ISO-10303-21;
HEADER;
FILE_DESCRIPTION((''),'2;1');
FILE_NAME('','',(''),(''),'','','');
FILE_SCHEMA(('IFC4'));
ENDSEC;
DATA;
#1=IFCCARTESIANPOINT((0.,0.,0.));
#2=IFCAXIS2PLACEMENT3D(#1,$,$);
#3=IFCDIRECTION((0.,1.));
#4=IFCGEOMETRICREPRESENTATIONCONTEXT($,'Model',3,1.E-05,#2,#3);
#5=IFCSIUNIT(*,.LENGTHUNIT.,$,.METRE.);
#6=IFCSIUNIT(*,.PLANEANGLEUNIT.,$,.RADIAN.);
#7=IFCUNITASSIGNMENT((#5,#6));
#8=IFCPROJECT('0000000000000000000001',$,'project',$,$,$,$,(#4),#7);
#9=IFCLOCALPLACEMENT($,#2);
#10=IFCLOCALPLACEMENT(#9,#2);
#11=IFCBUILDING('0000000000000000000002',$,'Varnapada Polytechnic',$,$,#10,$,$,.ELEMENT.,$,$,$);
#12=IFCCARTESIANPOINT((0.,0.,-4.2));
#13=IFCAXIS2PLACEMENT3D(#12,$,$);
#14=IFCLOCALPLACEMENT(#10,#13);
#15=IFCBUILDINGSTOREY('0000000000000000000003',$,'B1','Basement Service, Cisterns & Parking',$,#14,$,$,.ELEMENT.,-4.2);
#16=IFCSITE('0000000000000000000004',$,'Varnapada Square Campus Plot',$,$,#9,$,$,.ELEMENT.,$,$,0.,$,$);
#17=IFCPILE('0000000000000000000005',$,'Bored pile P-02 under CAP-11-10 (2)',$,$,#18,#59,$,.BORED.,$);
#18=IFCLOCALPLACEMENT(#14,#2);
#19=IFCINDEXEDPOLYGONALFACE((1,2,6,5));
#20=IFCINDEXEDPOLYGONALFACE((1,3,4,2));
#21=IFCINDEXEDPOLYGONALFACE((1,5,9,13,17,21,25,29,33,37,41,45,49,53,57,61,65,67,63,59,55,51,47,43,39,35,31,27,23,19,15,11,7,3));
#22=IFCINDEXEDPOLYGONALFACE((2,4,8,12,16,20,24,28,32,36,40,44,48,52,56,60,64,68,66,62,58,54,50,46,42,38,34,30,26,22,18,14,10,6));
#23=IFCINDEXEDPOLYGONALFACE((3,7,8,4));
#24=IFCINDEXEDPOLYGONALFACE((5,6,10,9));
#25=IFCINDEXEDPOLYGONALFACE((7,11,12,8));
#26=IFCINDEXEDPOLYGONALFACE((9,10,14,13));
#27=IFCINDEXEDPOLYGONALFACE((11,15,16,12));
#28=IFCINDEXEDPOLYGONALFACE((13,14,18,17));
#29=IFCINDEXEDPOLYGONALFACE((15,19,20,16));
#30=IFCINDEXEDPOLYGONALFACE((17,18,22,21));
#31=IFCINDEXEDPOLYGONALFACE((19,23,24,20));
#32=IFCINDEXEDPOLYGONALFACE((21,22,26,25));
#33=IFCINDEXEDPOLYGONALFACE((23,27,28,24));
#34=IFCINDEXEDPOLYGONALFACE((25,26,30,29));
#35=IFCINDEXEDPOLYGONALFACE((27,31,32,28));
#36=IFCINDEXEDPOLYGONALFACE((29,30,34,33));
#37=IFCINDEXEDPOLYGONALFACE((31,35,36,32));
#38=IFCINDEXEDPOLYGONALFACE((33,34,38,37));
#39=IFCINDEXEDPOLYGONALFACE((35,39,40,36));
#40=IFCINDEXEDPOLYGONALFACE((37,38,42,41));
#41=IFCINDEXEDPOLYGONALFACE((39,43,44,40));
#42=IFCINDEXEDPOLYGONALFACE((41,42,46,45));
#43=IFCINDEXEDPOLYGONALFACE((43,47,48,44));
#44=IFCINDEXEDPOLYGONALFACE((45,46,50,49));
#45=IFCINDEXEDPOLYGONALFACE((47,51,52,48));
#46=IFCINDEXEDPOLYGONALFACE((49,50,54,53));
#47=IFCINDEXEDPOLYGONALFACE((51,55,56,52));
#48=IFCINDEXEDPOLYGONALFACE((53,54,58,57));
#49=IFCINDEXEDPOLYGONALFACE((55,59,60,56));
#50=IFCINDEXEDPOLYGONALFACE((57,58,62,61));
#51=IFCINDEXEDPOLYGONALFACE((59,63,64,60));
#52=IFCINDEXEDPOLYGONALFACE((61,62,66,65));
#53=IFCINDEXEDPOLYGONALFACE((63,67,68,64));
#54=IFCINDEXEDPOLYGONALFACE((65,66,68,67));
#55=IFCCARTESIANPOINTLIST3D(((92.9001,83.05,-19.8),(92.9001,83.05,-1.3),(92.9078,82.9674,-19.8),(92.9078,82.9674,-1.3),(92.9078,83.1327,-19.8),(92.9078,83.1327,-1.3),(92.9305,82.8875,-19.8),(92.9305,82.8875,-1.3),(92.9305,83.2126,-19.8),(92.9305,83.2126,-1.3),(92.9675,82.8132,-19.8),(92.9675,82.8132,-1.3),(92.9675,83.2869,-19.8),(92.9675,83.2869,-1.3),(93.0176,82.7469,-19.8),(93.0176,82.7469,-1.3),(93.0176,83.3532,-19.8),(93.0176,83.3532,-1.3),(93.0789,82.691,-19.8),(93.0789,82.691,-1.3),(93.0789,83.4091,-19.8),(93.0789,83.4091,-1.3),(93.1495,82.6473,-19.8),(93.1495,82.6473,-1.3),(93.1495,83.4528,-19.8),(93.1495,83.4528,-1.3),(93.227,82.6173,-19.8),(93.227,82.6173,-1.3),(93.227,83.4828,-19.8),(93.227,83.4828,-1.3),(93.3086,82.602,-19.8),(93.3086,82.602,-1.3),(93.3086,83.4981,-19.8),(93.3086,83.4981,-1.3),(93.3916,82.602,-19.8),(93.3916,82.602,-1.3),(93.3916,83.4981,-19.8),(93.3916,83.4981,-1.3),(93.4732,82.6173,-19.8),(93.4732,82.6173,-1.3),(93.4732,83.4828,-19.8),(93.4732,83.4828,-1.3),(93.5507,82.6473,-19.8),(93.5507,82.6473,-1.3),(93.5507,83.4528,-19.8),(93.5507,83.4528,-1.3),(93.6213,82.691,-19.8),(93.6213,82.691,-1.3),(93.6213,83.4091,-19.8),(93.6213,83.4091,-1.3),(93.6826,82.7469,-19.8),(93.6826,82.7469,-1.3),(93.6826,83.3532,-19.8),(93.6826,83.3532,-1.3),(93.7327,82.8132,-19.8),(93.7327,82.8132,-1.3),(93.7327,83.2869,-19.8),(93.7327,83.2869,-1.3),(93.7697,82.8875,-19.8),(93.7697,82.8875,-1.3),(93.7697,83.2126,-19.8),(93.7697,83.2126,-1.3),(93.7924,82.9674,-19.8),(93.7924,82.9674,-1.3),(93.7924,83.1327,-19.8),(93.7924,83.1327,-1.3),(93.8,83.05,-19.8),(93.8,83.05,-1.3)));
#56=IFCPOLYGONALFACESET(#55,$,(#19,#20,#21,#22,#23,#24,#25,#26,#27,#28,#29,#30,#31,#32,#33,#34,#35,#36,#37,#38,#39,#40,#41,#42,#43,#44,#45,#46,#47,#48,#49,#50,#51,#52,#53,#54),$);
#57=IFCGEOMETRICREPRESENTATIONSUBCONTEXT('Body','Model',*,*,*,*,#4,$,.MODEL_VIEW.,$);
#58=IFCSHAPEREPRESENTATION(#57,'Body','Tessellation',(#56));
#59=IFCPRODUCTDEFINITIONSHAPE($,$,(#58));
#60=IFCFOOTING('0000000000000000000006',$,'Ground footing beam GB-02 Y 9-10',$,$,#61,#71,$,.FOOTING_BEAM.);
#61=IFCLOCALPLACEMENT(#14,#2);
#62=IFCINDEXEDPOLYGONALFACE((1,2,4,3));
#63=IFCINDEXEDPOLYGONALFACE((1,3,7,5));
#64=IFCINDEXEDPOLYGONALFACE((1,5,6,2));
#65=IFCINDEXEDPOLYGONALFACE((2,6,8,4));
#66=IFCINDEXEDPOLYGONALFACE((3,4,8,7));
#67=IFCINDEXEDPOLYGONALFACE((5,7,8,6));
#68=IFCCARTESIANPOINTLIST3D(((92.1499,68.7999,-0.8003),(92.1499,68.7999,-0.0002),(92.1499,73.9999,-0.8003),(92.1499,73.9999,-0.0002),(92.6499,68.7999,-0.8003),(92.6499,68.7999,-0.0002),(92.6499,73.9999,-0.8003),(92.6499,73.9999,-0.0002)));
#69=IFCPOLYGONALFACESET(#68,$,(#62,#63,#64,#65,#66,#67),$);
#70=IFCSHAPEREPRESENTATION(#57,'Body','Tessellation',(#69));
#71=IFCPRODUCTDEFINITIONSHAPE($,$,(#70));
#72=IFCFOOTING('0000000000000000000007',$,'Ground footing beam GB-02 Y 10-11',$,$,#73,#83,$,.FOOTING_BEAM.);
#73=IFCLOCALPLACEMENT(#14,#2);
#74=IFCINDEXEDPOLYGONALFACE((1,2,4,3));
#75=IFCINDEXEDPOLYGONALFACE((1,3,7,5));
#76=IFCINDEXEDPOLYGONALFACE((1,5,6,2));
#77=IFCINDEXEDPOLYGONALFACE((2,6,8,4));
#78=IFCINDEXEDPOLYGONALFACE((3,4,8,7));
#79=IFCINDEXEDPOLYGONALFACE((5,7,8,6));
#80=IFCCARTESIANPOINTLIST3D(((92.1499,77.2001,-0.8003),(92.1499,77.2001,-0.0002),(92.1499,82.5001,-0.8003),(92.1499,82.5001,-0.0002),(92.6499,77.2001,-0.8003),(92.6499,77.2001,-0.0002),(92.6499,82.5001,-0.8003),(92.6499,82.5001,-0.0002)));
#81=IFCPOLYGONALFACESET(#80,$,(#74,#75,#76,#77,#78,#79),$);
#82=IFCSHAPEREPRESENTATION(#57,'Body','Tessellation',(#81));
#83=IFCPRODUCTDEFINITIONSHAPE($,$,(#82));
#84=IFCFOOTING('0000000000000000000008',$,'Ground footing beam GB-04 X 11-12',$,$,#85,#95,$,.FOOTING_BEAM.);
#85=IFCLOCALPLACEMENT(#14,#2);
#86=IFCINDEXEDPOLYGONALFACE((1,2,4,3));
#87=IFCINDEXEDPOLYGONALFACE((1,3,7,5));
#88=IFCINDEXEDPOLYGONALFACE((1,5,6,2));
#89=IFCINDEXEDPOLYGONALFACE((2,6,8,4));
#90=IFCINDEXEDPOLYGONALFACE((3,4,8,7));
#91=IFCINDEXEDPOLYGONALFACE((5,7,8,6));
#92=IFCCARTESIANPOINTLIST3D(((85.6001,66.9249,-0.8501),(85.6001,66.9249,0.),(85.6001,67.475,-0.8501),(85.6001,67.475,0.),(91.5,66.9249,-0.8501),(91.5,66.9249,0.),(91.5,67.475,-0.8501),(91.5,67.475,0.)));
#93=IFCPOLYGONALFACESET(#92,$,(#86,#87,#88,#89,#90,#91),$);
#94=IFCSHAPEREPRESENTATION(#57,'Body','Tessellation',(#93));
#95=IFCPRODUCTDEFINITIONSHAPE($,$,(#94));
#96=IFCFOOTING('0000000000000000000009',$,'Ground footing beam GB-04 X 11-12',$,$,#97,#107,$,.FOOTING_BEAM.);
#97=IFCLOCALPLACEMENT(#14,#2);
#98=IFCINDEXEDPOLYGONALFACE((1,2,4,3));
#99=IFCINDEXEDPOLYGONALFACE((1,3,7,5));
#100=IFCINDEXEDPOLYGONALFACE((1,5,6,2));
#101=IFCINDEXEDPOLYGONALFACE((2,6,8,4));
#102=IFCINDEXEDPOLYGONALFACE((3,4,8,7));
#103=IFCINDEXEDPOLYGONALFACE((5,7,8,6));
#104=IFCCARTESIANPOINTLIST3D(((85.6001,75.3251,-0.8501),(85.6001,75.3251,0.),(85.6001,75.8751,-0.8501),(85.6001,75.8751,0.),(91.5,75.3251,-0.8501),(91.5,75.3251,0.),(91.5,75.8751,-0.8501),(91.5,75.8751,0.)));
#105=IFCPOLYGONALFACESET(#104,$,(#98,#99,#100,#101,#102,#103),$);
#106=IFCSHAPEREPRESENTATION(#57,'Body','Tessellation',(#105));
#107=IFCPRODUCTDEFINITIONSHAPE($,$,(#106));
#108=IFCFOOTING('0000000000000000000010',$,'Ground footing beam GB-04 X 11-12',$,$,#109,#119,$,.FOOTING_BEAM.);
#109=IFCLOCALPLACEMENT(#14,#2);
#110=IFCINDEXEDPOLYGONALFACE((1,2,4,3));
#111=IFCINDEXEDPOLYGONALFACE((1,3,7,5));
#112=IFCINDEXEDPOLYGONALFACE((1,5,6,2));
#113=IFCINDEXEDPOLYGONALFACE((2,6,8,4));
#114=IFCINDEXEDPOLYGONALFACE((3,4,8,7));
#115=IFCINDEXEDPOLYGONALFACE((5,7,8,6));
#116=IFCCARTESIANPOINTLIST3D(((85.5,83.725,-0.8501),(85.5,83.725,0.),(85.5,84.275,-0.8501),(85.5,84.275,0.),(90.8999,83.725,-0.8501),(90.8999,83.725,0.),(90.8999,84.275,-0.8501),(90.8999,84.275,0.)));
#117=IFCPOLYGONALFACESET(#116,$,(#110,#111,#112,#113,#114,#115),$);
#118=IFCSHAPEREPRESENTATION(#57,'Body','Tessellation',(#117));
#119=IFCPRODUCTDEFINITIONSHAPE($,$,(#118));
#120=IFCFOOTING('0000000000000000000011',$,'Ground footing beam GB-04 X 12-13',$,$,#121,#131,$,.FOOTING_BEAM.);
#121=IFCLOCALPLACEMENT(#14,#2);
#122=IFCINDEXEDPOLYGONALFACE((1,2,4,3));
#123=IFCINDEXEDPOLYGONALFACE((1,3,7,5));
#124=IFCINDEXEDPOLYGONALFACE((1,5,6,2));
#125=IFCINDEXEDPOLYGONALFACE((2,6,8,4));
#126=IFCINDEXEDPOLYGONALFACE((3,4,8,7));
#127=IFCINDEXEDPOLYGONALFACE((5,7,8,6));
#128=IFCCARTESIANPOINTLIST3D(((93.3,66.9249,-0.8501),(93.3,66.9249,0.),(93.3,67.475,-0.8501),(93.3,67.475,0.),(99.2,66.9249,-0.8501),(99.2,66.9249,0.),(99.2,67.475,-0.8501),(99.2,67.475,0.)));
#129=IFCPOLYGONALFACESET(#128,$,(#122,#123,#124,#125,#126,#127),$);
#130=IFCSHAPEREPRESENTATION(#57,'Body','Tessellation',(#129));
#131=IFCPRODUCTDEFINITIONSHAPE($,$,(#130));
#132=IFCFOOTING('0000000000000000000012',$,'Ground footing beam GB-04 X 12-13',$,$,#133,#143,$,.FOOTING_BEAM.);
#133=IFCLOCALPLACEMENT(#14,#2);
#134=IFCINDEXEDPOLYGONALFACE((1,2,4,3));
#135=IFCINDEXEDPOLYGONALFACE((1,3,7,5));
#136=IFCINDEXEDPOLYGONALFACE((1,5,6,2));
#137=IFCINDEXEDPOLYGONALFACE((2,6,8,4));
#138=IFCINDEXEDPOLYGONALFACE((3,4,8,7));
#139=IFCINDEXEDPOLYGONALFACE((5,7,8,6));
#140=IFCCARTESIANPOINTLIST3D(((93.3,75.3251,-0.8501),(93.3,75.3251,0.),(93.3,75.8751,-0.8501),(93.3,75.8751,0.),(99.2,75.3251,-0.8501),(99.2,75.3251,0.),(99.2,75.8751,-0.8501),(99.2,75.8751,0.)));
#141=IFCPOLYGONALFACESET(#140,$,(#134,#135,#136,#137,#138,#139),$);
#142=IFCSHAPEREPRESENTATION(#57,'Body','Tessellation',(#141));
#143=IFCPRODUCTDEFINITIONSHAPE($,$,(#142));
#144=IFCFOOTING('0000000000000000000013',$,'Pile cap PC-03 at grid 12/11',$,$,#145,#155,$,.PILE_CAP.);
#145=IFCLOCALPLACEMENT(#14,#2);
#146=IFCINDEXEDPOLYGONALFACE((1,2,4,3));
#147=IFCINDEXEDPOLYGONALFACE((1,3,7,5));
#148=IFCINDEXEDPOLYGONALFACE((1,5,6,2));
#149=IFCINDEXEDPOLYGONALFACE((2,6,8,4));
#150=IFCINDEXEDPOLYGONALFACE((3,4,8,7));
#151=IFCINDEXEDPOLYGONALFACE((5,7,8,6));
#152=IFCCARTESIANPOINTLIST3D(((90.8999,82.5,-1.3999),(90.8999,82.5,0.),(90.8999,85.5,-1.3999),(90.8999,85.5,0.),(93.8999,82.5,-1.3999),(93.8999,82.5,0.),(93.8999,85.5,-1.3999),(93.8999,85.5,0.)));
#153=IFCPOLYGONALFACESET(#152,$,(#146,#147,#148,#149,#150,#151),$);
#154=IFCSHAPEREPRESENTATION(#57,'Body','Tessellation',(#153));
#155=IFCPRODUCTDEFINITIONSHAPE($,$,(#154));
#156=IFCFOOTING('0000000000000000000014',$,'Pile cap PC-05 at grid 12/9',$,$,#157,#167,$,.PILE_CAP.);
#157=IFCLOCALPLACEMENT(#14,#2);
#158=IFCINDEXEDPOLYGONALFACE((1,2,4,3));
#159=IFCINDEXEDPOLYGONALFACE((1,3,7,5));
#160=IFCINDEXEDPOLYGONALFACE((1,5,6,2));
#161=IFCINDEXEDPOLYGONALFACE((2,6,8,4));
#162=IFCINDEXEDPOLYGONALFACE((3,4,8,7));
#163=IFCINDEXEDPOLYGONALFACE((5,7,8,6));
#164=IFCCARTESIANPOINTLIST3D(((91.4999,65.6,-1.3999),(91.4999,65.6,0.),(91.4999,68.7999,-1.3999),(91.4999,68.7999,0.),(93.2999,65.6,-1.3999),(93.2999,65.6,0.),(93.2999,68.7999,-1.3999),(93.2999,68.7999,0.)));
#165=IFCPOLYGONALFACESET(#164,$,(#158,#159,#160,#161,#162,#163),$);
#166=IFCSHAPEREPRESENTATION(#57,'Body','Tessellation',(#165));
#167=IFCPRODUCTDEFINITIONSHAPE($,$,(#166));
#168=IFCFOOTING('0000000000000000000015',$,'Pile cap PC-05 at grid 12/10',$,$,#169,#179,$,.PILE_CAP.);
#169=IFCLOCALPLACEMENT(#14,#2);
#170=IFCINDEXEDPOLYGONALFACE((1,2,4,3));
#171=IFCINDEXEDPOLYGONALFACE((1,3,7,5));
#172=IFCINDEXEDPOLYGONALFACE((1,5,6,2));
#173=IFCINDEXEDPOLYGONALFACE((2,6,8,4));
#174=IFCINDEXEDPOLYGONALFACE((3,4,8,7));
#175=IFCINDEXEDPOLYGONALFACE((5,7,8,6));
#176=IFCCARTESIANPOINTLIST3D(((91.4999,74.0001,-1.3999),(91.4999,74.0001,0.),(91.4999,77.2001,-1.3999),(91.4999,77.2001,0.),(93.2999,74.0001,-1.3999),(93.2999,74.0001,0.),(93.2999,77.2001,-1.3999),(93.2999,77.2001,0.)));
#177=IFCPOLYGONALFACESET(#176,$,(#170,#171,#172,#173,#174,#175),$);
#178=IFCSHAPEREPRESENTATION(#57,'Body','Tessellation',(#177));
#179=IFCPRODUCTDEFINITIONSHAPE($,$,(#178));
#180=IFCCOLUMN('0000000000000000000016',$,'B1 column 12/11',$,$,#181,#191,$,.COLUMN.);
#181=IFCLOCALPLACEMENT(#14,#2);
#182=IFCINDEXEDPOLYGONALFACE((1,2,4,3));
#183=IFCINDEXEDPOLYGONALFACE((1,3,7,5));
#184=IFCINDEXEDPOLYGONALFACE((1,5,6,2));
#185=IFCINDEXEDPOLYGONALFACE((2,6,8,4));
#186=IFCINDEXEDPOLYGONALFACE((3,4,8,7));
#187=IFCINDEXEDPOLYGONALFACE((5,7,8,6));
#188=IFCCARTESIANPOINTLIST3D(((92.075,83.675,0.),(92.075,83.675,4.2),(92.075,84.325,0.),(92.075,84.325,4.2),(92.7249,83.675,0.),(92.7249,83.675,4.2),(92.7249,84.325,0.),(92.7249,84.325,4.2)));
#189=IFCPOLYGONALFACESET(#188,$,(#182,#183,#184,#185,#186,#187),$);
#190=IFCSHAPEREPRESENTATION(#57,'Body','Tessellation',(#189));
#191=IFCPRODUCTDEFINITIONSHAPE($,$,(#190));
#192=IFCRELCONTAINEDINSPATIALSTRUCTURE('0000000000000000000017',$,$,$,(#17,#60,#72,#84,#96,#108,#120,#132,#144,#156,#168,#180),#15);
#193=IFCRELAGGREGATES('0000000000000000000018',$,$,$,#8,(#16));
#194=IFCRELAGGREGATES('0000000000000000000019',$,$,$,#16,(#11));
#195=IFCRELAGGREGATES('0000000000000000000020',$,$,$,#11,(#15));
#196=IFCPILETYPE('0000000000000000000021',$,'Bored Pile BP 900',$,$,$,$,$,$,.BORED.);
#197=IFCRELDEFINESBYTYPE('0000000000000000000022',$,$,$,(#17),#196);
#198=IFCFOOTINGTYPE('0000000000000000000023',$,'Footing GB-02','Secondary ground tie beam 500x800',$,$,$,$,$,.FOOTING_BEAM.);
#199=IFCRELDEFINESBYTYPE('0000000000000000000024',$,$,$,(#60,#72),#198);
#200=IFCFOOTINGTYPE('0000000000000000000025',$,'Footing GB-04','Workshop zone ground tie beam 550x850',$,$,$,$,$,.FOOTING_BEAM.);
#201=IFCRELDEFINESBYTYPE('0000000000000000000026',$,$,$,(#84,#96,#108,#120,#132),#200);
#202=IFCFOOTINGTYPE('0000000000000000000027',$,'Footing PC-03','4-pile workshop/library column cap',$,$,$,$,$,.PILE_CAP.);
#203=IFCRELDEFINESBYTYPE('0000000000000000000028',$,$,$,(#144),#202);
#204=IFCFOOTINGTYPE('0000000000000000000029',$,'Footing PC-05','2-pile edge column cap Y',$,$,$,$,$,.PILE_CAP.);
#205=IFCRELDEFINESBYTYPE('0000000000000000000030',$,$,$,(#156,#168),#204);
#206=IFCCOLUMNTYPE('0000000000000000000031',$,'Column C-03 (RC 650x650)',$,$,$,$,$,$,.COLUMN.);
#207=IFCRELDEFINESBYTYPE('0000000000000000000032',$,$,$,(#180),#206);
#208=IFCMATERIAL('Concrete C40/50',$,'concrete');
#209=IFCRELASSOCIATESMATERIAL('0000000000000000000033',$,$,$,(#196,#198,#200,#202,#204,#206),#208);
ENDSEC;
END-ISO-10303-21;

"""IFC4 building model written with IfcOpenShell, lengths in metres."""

from ifc_helpers import new_model, si_unit, direction, frame, origin, origin_2d, place, context, subcontext, project, spatial, rectangle, circle, extrude, material, material_profile, profile_set, type_object, element, save


model = new_model("IFC4")

# Units and contexts
model_context = context("Model", 3, precision=1e-05, world=origin(), true_north=direction((0.0, 1.0)))
body_context = subcontext(model_context, "Body", "Model", "MODEL_VIEW")
ifc_project = project(units=[si_unit("LENGTHUNIT", "METRE"), si_unit("PLANEANGLEUNIT", "RADIAN")], contexts=[model_context])

# Site, building, storey
site_placement = place(None, origin())
site = spatial("IfcSite", under=ifc_project, at=site_placement, Name="Varnapada Square Campus Plot", CompositionType="ELEMENT", RefElevation=0.0)
building_placement = place(site_placement, origin())
building = spatial("IfcBuilding", under=site, at=building_placement, Name="Varnapada Polytechnic", CompositionType="ELEMENT")
storey_placement = place(building_placement, frame((0.0, 0.0, -4.2)))
storey = spatial("IfcBuildingStorey", under=building, at=storey_placement, Name="B1", Description="Basement Service, Cisterns & Parking", CompositionType="ELEMENT", Elevation=-4.2)

# Pile
ifc_material = material(Name="Concrete C40/50", Category="concrete")
ifc_material_profile_1 = material_profile(ifc_material, circle(Radius=0.45, at=origin_2d()), Name="BP 900")
ifc_profile_set_1 = profile_set([ifc_material_profile_1], Name="Concrete C40/50")
pile_type_1 = type_object("IfcPileType", Name="Bored Pile BP 900", PredefinedType="BORED", material=ifc_profile_set_1)
for number, where, z_axis, x_axis, name in (
    (1, (93.3501, 83.05, -1.3), (0.0, 0.0, -1.0), (1.0, 0.0, 0.0), "Bored pile P-02 under CAP-11-10 (2)"),
):
    element("IfcPile", number, at=place(storey_placement, frame(where, z_axis=z_axis, x_axis=x_axis)), inside=storey, type_object=pile_type_1, Name=name, PredefinedType="BORED", context=body_context, shape_type="SweptSolid", body=[
        extrude(circle(Radius=0.45, at=origin_2d()), origin(), (0.0, 0.0, 1.0), 18.5),
    ])

# Footings
footing_type_1 = type_object("IfcFootingType", Name="Footing GB-02", Description="Secondary ground tie beam 500x800", PredefinedType="FOOTING_BEAM", material=ifc_material)
footing_1_placement = place(storey_placement, frame((92.3999, 71.3999, -0.8003), z_axis=(0.0, 0.0, 1.0), x_axis=(0.0, 1.0, 0.0)))
element("IfcFooting", 2, at=footing_1_placement, inside=storey, type_object=footing_type_1, Name="Ground footing beam GB-02 Y 9-10", PredefinedType="FOOTING_BEAM", context=body_context, shape_type="SweptSolid", body=[
    extrude(rectangle(XDim=5.2, YDim=0.5, at=origin_2d()), origin(), (0.0, 0.0, 1.0), 0.8),
])
footing_2_placement = place(storey_placement, frame((92.3999, 79.8501, -0.8003), z_axis=(0.0, 0.0, 1.0), x_axis=(0.0, 1.0, 0.0)))
element("IfcFooting", 3, at=footing_2_placement, inside=storey, type_object=footing_type_1, Name="Ground footing beam GB-02 Y 10-11", PredefinedType="FOOTING_BEAM", context=body_context, shape_type="SweptSolid", body=[
    extrude(rectangle(XDim=5.3, YDim=0.5, at=origin_2d()), origin(), (0.0, 0.0, 1.0), 0.8),
])
footing_type_2 = type_object("IfcFootingType", Name="Footing GB-04", Description="Workshop zone ground tie beam 550x850", PredefinedType="FOOTING_BEAM", material=ifc_material)
for number, where, z_axis, x_axis, name in (
    (4, (88.55, 67.2, -0.8501), (0.0, 0.0, 1.0), (1.0, 0.0, 0.0), "Ground footing beam GB-04 X 11-12"),
    (5, (88.55, 75.6001, -0.8501), (0.0, 0.0, 1.0), (1.0, 0.0, 0.0), "Ground footing beam GB-04 X 11-12"),
):
    element("IfcFooting", number, at=place(storey_placement, frame(where, z_axis=z_axis, x_axis=x_axis)), inside=storey, type_object=footing_type_2, Name=name, PredefinedType="FOOTING_BEAM", context=body_context, shape_type="SweptSolid", body=[
        extrude(rectangle(XDim=5.8999, YDim=0.55, at=origin_2d()), origin(), (0.0, 0.0, 1.0), 0.8501),
    ])
footing_3_placement = place(storey_placement, frame((88.2, 84.0, -0.8501), z_axis=(0.0, 0.0, 1.0), x_axis=(1.0, 0.0, 0.0)))
element("IfcFooting", 6, at=footing_3_placement, inside=storey, type_object=footing_type_2, Name="Ground footing beam GB-04 X 11-12", PredefinedType="FOOTING_BEAM", context=body_context, shape_type="SweptSolid", body=[
    extrude(rectangle(XDim=5.3999, YDim=0.55, at=origin_2d()), origin(), (0.0, 0.0, 1.0), 0.8501),
])
for number, where, z_axis, x_axis, name in (
    (7, (96.25, 67.2, -0.8501), (0.0, 0.0, 1.0), (1.0, 0.0, 0.0), "Ground footing beam GB-04 X 12-13"),
    (8, (96.25, 75.6001, -0.8501), (0.0, 0.0, 1.0), (1.0, 0.0, 0.0), "Ground footing beam GB-04 X 12-13"),
):
    element("IfcFooting", number, at=place(storey_placement, frame(where, z_axis=z_axis, x_axis=x_axis)), inside=storey, type_object=footing_type_2, Name=name, PredefinedType="FOOTING_BEAM", context=body_context, shape_type="SweptSolid", body=[
        extrude(rectangle(XDim=5.8999, YDim=0.55, at=origin_2d()), origin(), (0.0, 0.0, 1.0), 0.8501),
    ])
footing_type_3 = type_object("IfcFootingType", Name="Footing PC-03", Description="4-pile workshop/library column cap", PredefinedType="PILE_CAP", material=ifc_material)
footing_4_placement = place(storey_placement, frame((92.3999, 84.0, -1.3999), z_axis=(0.0, 0.0, 1.0), x_axis=(1.0, 0.0, 0.0)))
element("IfcFooting", 9, at=footing_4_placement, inside=storey, type_object=footing_type_3, Name="Pile cap PC-03 at grid 12/11", PredefinedType="PILE_CAP", context=body_context, shape_type="SweptSolid", body=[
    extrude(rectangle(XDim=3.0, YDim=3.0, at=origin_2d()), origin(), (0.0, 0.0, 1.0), 1.3999),
])
footing_type_4 = type_object("IfcFootingType", Name="Footing PC-05", Description="2-pile edge column cap Y", PredefinedType="PILE_CAP", material=ifc_material)
for number, where, z_axis, x_axis, name in (
    (10, (92.3999, 67.2, -1.3999), (0.0, 0.0, 1.0), (1.0, 0.0, 0.0), "Pile cap PC-05 at grid 12/9"),
    (11, (92.3999, 75.6001, -1.3999), (0.0, 0.0, 1.0), (1.0, 0.0, 0.0), "Pile cap PC-05 at grid 12/10"),
):
    element("IfcFooting", number, at=place(storey_placement, frame(where, z_axis=z_axis, x_axis=x_axis)), inside=storey, type_object=footing_type_4, Name=name, PredefinedType="PILE_CAP", context=body_context, shape_type="SweptSolid", body=[
        extrude(rectangle(XDim=1.8, YDim=3.2, at=origin_2d()), origin(), (0.0, 0.0, 1.0), 1.3999),
    ])

# Column
ifc_material_profile_2 = material_profile(ifc_material, rectangle(XDim=0.6499, YDim=0.6499, at=origin_2d()), Name="RC 650x650")
ifc_profile_set_2 = profile_set([ifc_material_profile_2], Name="Concrete C40/50")
column_type_1 = type_object("IfcColumnType", Name="Column C-03 (RC 650x650)", PredefinedType="COLUMN", material=ifc_profile_set_2)
column_placement = place(storey_placement, frame((92.3999, 84.0, 0.0), z_axis=(0.0, 0.0, 1.0), x_axis=(1.0, 0.0, 0.0)))
element("IfcColumn", 12, at=column_placement, inside=storey, type_object=column_type_1, Name="B1 column 12/11", PredefinedType="COLUMN", context=body_context, shape_type="SweptSolid", body=[
    extrude(rectangle(XDim=0.6499, YDim=0.6499, at=origin_2d()), origin(), (0.0, 0.0, 1.0), 4.2),
])

save(model, "model.ifc")
